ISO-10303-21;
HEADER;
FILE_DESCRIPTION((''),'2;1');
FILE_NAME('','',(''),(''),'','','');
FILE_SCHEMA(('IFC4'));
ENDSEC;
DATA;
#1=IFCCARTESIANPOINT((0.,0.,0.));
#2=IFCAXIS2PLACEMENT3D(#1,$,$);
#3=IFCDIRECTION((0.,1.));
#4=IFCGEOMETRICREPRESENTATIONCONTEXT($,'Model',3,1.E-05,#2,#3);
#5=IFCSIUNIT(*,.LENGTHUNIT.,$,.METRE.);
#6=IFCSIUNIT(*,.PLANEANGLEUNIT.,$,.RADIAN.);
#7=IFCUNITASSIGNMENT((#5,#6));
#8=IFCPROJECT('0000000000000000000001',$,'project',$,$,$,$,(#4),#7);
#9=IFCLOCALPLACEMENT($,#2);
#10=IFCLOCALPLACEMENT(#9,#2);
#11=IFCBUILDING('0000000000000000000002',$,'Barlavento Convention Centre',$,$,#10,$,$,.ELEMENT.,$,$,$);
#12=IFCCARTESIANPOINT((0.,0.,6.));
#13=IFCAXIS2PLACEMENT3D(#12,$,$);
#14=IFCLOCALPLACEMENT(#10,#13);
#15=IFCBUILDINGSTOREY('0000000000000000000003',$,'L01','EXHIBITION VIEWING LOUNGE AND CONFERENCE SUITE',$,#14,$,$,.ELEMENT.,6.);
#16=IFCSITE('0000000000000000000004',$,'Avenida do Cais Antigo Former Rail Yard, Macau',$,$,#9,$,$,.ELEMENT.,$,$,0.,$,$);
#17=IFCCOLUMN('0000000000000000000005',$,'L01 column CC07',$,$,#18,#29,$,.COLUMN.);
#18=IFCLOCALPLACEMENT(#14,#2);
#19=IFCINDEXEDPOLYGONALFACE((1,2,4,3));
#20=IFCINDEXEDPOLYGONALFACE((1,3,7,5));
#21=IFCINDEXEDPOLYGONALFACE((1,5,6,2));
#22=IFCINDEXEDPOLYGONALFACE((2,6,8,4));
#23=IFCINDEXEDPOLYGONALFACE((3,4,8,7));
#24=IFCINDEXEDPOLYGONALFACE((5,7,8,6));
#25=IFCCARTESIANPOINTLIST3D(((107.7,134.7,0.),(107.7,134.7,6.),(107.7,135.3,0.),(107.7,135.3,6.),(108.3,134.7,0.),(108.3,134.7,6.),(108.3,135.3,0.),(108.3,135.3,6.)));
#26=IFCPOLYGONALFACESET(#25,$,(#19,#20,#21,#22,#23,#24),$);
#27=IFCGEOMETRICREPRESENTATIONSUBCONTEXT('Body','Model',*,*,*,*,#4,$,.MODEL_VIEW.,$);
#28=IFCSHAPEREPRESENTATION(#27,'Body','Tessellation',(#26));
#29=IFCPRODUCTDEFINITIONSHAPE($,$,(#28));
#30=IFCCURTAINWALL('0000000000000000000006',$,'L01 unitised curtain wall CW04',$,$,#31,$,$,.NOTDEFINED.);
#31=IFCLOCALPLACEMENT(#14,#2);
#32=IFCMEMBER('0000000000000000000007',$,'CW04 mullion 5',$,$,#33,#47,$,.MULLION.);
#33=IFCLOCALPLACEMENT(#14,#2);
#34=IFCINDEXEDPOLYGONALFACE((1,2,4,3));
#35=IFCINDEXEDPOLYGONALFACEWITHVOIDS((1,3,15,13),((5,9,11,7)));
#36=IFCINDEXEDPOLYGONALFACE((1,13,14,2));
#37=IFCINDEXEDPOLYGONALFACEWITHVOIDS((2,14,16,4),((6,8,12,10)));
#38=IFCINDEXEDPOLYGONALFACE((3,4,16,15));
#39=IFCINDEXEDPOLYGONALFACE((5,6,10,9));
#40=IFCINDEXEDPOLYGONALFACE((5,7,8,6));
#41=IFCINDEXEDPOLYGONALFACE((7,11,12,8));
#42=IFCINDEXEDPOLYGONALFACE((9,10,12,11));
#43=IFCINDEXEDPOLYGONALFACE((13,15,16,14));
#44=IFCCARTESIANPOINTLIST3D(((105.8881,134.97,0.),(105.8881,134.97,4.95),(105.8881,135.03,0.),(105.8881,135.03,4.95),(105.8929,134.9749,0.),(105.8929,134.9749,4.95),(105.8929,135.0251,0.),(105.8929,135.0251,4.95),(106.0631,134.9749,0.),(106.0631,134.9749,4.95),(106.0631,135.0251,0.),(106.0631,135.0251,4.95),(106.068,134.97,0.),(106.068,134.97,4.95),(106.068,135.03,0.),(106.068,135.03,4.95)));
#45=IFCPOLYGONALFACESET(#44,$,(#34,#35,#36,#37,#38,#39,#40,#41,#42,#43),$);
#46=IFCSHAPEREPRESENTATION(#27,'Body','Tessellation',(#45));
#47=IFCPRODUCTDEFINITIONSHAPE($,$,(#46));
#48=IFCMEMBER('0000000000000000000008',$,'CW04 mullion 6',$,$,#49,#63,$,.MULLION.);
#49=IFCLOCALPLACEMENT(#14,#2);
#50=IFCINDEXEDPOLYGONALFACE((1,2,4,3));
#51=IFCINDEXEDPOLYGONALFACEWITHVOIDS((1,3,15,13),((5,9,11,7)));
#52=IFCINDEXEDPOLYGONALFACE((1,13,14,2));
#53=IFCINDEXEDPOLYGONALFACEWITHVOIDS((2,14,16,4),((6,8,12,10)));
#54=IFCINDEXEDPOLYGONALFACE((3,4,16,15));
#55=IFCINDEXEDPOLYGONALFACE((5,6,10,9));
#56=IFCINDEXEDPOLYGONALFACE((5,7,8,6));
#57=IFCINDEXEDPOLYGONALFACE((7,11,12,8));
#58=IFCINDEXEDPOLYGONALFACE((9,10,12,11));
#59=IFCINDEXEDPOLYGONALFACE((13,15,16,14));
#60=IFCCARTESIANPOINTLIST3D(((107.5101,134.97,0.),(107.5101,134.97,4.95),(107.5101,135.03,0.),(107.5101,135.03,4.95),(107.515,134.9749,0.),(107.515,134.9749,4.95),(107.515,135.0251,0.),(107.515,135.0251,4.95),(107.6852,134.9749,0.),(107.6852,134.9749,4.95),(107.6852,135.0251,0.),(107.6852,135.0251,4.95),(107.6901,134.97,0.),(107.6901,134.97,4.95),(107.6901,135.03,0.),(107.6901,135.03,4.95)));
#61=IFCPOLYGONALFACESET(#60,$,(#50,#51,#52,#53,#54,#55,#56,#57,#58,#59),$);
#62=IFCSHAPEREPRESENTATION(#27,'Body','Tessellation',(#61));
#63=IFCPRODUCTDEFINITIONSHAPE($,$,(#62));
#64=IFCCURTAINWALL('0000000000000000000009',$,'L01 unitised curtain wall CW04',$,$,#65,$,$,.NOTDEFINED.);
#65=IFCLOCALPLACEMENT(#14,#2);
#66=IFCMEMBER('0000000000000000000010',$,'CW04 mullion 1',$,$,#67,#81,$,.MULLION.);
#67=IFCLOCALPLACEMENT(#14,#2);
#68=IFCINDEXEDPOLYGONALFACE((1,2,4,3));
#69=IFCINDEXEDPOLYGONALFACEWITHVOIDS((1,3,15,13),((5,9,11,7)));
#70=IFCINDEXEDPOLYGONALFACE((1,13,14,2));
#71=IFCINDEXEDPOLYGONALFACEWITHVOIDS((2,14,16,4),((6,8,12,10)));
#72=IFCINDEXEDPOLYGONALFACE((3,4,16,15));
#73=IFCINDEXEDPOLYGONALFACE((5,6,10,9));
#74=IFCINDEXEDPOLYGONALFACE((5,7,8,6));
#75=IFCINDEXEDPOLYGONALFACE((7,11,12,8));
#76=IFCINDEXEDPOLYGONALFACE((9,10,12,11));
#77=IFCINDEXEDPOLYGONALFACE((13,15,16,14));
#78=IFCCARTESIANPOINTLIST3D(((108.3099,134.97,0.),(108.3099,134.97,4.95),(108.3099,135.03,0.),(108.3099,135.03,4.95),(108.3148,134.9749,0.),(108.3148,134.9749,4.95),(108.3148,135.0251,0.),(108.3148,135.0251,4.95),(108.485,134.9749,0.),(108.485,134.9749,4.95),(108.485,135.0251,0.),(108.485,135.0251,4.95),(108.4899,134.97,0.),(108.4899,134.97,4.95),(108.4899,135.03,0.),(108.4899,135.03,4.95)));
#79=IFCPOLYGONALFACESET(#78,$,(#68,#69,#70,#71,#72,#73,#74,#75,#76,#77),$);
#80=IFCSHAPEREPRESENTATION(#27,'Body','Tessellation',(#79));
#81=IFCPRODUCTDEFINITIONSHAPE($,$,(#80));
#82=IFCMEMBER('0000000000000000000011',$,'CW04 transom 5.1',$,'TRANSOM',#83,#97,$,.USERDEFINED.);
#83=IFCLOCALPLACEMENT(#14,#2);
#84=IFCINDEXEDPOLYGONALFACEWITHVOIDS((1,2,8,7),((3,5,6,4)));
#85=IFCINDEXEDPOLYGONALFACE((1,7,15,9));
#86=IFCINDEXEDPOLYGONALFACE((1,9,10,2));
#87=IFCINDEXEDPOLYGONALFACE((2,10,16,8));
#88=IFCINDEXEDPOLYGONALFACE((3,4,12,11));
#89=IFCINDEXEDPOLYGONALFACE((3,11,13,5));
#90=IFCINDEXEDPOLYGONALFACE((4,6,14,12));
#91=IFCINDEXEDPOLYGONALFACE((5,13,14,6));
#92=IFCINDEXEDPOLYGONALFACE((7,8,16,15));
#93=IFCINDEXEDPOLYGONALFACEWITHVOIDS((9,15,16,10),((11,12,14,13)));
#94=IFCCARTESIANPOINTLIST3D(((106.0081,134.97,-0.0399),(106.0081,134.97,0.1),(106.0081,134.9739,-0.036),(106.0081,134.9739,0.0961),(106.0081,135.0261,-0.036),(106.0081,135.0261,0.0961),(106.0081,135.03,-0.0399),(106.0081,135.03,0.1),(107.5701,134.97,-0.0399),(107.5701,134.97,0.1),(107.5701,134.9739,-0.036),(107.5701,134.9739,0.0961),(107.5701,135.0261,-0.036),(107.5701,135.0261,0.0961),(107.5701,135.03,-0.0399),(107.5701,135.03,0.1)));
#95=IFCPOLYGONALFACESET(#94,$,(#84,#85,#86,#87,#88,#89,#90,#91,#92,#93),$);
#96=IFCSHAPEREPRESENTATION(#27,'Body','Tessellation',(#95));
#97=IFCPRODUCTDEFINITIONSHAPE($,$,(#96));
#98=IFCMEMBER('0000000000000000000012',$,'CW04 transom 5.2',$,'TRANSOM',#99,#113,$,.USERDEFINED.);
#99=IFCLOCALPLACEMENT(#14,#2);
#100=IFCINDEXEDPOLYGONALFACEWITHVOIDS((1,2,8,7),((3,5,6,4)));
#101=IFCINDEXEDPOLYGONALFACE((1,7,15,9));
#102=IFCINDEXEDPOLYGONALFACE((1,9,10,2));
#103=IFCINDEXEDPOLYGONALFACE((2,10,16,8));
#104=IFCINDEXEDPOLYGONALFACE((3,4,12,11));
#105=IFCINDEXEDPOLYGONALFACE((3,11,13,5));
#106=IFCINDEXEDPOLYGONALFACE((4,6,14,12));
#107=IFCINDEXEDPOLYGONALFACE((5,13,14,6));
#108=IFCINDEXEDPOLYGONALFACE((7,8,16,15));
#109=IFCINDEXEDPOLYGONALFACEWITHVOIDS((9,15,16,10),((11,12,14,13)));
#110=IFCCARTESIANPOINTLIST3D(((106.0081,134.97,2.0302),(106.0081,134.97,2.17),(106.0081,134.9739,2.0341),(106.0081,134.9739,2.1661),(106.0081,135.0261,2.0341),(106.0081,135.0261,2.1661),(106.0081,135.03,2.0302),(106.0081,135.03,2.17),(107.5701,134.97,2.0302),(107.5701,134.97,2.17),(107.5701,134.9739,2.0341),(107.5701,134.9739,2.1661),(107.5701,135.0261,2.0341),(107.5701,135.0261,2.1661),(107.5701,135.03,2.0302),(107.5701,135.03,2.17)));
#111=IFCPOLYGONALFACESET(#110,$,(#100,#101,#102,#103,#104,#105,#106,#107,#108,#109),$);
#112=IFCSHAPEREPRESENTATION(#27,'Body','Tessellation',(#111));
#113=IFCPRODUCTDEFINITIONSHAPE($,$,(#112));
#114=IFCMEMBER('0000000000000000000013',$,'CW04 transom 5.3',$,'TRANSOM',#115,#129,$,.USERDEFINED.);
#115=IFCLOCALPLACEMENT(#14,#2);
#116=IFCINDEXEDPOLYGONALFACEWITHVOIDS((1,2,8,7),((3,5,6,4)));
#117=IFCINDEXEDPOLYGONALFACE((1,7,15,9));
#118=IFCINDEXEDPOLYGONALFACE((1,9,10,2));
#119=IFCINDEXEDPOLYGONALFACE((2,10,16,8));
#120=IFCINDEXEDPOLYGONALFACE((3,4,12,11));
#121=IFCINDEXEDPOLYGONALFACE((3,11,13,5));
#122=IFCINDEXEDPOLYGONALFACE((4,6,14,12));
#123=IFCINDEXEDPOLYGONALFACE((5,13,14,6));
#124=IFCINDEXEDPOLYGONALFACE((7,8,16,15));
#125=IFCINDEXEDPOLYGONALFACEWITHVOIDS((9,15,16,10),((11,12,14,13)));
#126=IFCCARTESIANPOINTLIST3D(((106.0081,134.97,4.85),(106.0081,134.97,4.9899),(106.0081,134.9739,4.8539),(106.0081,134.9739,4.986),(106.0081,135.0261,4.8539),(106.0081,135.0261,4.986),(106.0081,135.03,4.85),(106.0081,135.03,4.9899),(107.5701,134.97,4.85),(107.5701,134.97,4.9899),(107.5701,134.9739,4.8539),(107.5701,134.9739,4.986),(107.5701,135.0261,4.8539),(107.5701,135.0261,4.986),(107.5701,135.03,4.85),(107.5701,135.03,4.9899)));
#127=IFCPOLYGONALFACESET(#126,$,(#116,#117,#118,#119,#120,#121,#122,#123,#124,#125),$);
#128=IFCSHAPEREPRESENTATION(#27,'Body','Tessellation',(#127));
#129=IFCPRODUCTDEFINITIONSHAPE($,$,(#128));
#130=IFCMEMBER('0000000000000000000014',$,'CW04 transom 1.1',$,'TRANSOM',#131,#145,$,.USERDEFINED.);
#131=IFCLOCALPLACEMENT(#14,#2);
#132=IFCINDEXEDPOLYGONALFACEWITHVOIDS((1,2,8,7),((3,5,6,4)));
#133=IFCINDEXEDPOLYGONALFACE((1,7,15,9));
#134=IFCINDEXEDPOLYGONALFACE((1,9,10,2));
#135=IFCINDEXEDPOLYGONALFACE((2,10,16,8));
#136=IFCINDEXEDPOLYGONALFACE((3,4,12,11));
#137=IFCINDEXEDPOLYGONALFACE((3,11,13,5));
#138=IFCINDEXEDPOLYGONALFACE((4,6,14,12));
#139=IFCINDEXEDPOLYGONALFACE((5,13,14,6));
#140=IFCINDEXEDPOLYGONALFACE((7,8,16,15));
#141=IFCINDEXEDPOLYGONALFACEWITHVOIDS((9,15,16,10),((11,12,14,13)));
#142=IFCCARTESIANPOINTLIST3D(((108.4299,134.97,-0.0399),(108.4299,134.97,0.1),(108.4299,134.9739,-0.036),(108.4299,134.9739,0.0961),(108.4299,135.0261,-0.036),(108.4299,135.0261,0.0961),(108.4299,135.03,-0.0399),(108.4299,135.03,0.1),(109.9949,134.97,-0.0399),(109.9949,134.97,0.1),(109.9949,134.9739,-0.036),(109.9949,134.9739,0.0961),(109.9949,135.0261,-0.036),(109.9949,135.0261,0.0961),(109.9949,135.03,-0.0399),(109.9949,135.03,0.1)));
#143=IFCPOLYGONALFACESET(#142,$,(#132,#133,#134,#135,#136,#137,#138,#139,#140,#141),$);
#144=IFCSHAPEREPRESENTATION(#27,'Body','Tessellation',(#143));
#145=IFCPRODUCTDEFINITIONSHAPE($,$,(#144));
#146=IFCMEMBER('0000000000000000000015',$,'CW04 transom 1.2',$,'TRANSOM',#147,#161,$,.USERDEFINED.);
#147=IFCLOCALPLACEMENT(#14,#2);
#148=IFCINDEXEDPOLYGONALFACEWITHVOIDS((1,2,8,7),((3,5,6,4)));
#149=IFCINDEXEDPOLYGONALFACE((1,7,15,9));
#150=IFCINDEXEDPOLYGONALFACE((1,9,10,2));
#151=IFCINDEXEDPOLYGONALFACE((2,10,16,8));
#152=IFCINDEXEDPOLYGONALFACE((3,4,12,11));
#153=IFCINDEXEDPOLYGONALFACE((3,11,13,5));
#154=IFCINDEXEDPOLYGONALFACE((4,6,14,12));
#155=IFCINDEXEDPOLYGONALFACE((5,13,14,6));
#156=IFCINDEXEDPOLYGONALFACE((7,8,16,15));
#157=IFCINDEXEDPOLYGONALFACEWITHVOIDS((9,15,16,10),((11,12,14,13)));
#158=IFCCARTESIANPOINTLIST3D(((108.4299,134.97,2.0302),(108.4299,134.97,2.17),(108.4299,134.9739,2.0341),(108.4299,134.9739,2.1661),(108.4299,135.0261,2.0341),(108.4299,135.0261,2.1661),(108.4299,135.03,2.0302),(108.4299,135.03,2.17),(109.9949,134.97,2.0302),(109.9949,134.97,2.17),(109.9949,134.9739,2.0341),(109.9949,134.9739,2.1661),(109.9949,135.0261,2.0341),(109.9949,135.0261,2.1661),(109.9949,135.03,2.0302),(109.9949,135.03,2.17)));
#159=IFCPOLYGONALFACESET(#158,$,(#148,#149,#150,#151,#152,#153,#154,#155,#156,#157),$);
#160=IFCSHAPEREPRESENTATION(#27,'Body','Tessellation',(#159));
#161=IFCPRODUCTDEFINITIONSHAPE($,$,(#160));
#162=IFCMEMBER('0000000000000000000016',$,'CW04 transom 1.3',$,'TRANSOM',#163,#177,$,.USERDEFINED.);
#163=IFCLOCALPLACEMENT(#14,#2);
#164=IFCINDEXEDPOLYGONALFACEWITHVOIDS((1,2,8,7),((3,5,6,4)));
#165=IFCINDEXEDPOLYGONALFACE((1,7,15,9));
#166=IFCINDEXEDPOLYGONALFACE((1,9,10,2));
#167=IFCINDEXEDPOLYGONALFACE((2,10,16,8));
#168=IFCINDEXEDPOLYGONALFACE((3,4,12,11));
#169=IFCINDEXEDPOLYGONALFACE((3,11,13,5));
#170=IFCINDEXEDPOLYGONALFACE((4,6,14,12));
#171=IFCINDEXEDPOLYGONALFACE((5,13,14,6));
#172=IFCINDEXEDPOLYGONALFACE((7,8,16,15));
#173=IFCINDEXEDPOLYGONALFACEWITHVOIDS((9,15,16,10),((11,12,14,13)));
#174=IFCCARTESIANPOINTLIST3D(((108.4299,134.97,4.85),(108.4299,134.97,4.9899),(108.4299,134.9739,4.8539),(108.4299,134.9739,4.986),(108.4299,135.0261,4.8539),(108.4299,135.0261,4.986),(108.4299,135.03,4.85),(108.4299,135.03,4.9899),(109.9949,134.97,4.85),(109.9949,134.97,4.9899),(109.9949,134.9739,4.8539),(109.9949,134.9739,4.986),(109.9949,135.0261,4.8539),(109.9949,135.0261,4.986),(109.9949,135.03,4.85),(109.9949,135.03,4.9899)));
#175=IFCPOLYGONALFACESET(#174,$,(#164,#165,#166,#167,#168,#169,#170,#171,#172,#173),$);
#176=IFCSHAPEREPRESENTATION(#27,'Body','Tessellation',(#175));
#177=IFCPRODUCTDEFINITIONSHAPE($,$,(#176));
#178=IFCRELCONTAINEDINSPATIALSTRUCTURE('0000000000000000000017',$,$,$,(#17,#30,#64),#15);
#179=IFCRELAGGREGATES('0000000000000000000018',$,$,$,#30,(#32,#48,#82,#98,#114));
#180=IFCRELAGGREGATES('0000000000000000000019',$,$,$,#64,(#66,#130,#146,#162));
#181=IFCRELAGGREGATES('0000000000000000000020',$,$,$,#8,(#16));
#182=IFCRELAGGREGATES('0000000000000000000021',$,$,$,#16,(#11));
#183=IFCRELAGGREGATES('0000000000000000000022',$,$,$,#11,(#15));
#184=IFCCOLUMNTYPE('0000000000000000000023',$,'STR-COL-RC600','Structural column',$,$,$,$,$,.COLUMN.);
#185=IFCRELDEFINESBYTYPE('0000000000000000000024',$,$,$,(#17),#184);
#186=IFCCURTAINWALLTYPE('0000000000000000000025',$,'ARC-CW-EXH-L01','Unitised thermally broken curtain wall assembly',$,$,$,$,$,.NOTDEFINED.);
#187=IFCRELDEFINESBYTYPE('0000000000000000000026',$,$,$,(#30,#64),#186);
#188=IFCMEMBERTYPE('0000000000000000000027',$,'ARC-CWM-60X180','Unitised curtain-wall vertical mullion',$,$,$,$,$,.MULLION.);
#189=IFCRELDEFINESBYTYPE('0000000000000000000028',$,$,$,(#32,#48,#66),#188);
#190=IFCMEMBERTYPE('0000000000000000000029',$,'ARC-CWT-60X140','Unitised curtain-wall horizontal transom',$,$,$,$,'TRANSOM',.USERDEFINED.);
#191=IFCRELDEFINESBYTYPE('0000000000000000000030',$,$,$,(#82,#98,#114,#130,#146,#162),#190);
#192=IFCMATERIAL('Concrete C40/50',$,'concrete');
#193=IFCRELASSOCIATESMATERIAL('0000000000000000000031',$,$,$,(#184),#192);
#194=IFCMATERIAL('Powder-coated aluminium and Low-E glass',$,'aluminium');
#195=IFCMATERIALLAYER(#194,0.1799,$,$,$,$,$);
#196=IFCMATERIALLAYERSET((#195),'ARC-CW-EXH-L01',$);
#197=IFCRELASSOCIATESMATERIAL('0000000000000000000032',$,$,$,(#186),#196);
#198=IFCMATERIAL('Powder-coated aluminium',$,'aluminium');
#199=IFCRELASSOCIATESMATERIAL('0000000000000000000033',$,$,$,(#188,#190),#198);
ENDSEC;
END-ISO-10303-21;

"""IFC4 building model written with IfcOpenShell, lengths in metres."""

from ifc_helpers import new_model, si_unit, direction, frame, origin, origin_2d, place, context, subcontext, project, spatial, rectangle, hollow_rectangle, extrude, material, layer, layer_set, material_profile, profile_set, type_object, element, aggregate, save


model = new_model("IFC4")

# Units and contexts
model_context = context("Model", 3, precision=1e-05, world=origin(), true_north=direction((0.0, 1.0)))
body_context = subcontext(model_context, "Body", "Model", "MODEL_VIEW")
ifc_project = project(units=[si_unit("LENGTHUNIT", "METRE"), si_unit("PLANEANGLEUNIT", "RADIAN")], contexts=[model_context])

# Site, building, storey
site_placement = place(None, origin())
site = spatial("IfcSite", under=ifc_project, at=site_placement, Name="Avenida do Cais Antigo Former Rail Yard, Macau", CompositionType="ELEMENT", RefElevation=0.0)
building_placement = place(site_placement, origin())
building = spatial("IfcBuilding", under=site, at=building_placement, Name="Barlavento Convention Centre", CompositionType="ELEMENT")
storey_placement = place(building_placement, frame((0.0, 0.0, 6.0)))
storey = spatial("IfcBuildingStorey", under=building, at=storey_placement, Name="L01", Description="EXHIBITION VIEWING LOUNGE AND CONFERENCE SUITE", CompositionType="ELEMENT", Elevation=6.0)

# Column
ifc_material_1 = material(Name="Concrete C40/50", Category="concrete")
ifc_material_profile_1 = material_profile(ifc_material_1, rectangle(XDim=0.6001, YDim=0.6001, at=origin_2d()), Name="RC 600x600")
ifc_profile_set_1 = profile_set([ifc_material_profile_1], Name="Concrete C40/50")
column_type = type_object("IfcColumnType", Name="STR-COL-RC600", Description="Structural column", PredefinedType="COLUMN", material=ifc_profile_set_1)
column_placement = place(storey_placement, frame((108.0, 135.0, 0.0), z_axis=(0.0, 0.0, 1.0), x_axis=(1.0, 0.0, 0.0)))
element("IfcColumn", 1, at=column_placement, inside=storey, type_object=column_type, Name="L01 column CC07", PredefinedType="COLUMN", context=body_context, shape_type="SweptSolid", body=[
    extrude(rectangle(XDim=0.6001, YDim=0.6001, at=origin_2d()), origin(), (0.0, 0.0, 1.0), 6.0),
])

# Curtain wall, members
ifc_material_2 = material(Name="Powder-coated aluminium and Low-E glass", Category="aluminium")
ifc_layer_1 = layer(ifc_material_2, 0.1799)
ifc_layer_set_1 = layer_set([ifc_layer_1], Name="ARC-CW-EXH-L01")
curtain_wall_type = type_object("IfcCurtainWallType", Name="ARC-CW-EXH-L01", Description="Unitised thermally broken curtain wall assembly", PredefinedType="NOTDEFINED", material=ifc_layer_set_1)
curtain_wall_1_placement = place(storey_placement, origin())
curtain_wall_1 = element("IfcCurtainWall", 2, at=curtain_wall_1_placement, inside=storey, type_object=curtain_wall_type, Name="L01 unitised curtain wall CW04", PredefinedType="NOTDEFINED")
ifc_material_3 = material(Name="Powder-coated aluminium", Category="aluminium")
ifc_material_profile_2 = material_profile(ifc_material_3, hollow_rectangle(XDim=0.0601, YDim=0.1799, WallThickness=0.0049, at=origin_2d()), Name="AL-MULL 60x180x5")
ifc_profile_set_2 = profile_set([ifc_material_profile_2], Name="Powder-coated aluminium")
member_type_1 = type_object("IfcMemberType", Name="ARC-CWM-60X180", Description="Unitised curtain-wall vertical mullion", PredefinedType="MULLION", material=ifc_profile_set_2)
member_1_placement = place(storey_placement, frame((105.978, 135.0, 0.0), z_axis=(0.0, 0.0, 1.0), x_axis=(0.0, 1.0, 0.0)))
member_1 = element("IfcMember", 3, at=member_1_placement, type_object=member_type_1, Name="CW04 mullion 5", PredefinedType="MULLION", context=body_context, shape_type="SweptSolid", body=[
    extrude(hollow_rectangle(XDim=0.0601, YDim=0.1799, WallThickness=0.0049, at=origin_2d()), origin(), (0.0, 0.0, 1.0), 4.95),
])
member_2_placement = place(storey_placement, frame((107.6001, 135.0, 0.0), z_axis=(0.0, 0.0, 1.0), x_axis=(0.0, 1.0, 0.0)))
member_2 = element("IfcMember", 4, at=member_2_placement, type_object=member_type_1, Name="CW04 mullion 6", PredefinedType="MULLION", context=body_context, shape_type="SweptSolid", body=[
    extrude(hollow_rectangle(XDim=0.0601, YDim=0.1799, WallThickness=0.0049, at=origin_2d()), origin(), (0.0, 0.0, 1.0), 4.95),
])

# Curtain wall, member
curtain_wall_2_placement = place(storey_placement, origin())
curtain_wall_2 = element("IfcCurtainWall", 5, at=curtain_wall_2_placement, inside=storey, type_object=curtain_wall_type, Name="L01 unitised curtain wall CW04", PredefinedType="NOTDEFINED")
member_3_placement = place(storey_placement, frame((108.3999, 135.0, 0.0), z_axis=(0.0, 0.0, 1.0), x_axis=(0.0, 1.0, 0.0)))
member_3 = element("IfcMember", 6, at=member_3_placement, type_object=member_type_1, Name="CW04 mullion 1", PredefinedType="MULLION", context=body_context, shape_type="SweptSolid", body=[
    extrude(hollow_rectangle(XDim=0.0601, YDim=0.1799, WallThickness=0.0049, at=origin_2d()), origin(), (0.0, 0.0, 1.0), 4.95),
])

# Members
ifc_material_profile_3 = material_profile(ifc_material_3, hollow_rectangle(XDim=0.0601, YDim=0.1399, WallThickness=0.0039, at=origin_2d()), Name="AL-TRAN 60x140x4")
ifc_profile_set_3 = profile_set([ifc_material_profile_3], Name="Powder-coated aluminium")
member_type_2 = type_object("IfcMemberType", Name="ARC-CWT-60X140", Description="Unitised curtain-wall horizontal transom", ElementType="TRANSOM", PredefinedType="USERDEFINED", material=ifc_profile_set_3)
member_4_placement = place(storey_placement, frame((106.0081, 135.0, 0.03), z_axis=(1.0, 0.0, 0.0), x_axis=(0.0, 1.0, 0.0)))
member_4 = element("IfcMember", 7, at=member_4_placement, type_object=member_type_2, Name="CW04 transom 5.1", ObjectType="TRANSOM", PredefinedType="USERDEFINED", context=body_context, shape_type="SweptSolid", body=[
    extrude(hollow_rectangle(XDim=0.0601, YDim=0.1399, WallThickness=0.0039, at=origin_2d()), origin(), (0.0, 0.0, 1.0), 1.562),
])
member_5_placement = place(storey_placement, frame((106.0081, 135.0, 2.1001), z_axis=(1.0, 0.0, 0.0), x_axis=(0.0, 1.0, 0.0)))
member_5 = element("IfcMember", 8, at=member_5_placement, type_object=member_type_2, Name="CW04 transom 5.2", ObjectType="TRANSOM", PredefinedType="USERDEFINED", context=body_context, shape_type="SweptSolid", body=[
    extrude(hollow_rectangle(XDim=0.0601, YDim=0.1399, WallThickness=0.0039, at=origin_2d()), origin(), (0.0, 0.0, 1.0), 1.562),
])
member_6_placement = place(storey_placement, frame((106.0081, 135.0, 4.9199), z_axis=(1.0, 0.0, 0.0), x_axis=(0.0, 1.0, 0.0)))
member_6 = element("IfcMember", 9, at=member_6_placement, type_object=member_type_2, Name="CW04 transom 5.3", ObjectType="TRANSOM", PredefinedType="USERDEFINED", context=body_context, shape_type="SweptSolid", body=[
    extrude(hollow_rectangle(XDim=0.0601, YDim=0.1399, WallThickness=0.0039, at=origin_2d()), origin(), (0.0, 0.0, 1.0), 1.562),
])
member_7_placement = place(storey_placement, frame((108.4299, 135.0, 0.03), z_axis=(1.0, 0.0, 0.0), x_axis=(0.0, 1.0, 0.0)))
member_7 = element("IfcMember", 10, at=member_7_placement, type_object=member_type_2, Name="CW04 transom 1.1", ObjectType="TRANSOM", PredefinedType="USERDEFINED", context=body_context, shape_type="SweptSolid", body=[
    extrude(hollow_rectangle(XDim=0.0601, YDim=0.1399, WallThickness=0.0039, at=origin_2d()), origin(), (0.0, 0.0, 1.0), 1.5649),
])
member_8_placement = place(storey_placement, frame((108.4299, 135.0, 2.1001), z_axis=(1.0, 0.0, 0.0), x_axis=(0.0, 1.0, 0.0)))
member_8 = element("IfcMember", 11, at=member_8_placement, type_object=member_type_2, Name="CW04 transom 1.2", ObjectType="TRANSOM", PredefinedType="USERDEFINED", context=body_context, shape_type="SweptSolid", body=[
    extrude(hollow_rectangle(XDim=0.0601, YDim=0.1399, WallThickness=0.0039, at=origin_2d()), origin(), (0.0, 0.0, 1.0), 1.5649),
])
member_9_placement = place(storey_placement, frame((108.4299, 135.0, 4.9199), z_axis=(1.0, 0.0, 0.0), x_axis=(0.0, 1.0, 0.0)))
member_9 = element("IfcMember", 12, at=member_9_placement, type_object=member_type_2, Name="CW04 transom 1.3", ObjectType="TRANSOM", PredefinedType="USERDEFINED", context=body_context, shape_type="SweptSolid", body=[
    extrude(hollow_rectangle(XDim=0.0601, YDim=0.1399, WallThickness=0.0039, at=origin_2d()), origin(), (0.0, 0.0, 1.0), 1.5649),
])

aggregate(curtain_wall_1, [member_1, member_2, member_4, member_5, member_6])
aggregate(curtain_wall_2, [member_3, member_7, member_8, member_9])

save(model, "model.ifc")
